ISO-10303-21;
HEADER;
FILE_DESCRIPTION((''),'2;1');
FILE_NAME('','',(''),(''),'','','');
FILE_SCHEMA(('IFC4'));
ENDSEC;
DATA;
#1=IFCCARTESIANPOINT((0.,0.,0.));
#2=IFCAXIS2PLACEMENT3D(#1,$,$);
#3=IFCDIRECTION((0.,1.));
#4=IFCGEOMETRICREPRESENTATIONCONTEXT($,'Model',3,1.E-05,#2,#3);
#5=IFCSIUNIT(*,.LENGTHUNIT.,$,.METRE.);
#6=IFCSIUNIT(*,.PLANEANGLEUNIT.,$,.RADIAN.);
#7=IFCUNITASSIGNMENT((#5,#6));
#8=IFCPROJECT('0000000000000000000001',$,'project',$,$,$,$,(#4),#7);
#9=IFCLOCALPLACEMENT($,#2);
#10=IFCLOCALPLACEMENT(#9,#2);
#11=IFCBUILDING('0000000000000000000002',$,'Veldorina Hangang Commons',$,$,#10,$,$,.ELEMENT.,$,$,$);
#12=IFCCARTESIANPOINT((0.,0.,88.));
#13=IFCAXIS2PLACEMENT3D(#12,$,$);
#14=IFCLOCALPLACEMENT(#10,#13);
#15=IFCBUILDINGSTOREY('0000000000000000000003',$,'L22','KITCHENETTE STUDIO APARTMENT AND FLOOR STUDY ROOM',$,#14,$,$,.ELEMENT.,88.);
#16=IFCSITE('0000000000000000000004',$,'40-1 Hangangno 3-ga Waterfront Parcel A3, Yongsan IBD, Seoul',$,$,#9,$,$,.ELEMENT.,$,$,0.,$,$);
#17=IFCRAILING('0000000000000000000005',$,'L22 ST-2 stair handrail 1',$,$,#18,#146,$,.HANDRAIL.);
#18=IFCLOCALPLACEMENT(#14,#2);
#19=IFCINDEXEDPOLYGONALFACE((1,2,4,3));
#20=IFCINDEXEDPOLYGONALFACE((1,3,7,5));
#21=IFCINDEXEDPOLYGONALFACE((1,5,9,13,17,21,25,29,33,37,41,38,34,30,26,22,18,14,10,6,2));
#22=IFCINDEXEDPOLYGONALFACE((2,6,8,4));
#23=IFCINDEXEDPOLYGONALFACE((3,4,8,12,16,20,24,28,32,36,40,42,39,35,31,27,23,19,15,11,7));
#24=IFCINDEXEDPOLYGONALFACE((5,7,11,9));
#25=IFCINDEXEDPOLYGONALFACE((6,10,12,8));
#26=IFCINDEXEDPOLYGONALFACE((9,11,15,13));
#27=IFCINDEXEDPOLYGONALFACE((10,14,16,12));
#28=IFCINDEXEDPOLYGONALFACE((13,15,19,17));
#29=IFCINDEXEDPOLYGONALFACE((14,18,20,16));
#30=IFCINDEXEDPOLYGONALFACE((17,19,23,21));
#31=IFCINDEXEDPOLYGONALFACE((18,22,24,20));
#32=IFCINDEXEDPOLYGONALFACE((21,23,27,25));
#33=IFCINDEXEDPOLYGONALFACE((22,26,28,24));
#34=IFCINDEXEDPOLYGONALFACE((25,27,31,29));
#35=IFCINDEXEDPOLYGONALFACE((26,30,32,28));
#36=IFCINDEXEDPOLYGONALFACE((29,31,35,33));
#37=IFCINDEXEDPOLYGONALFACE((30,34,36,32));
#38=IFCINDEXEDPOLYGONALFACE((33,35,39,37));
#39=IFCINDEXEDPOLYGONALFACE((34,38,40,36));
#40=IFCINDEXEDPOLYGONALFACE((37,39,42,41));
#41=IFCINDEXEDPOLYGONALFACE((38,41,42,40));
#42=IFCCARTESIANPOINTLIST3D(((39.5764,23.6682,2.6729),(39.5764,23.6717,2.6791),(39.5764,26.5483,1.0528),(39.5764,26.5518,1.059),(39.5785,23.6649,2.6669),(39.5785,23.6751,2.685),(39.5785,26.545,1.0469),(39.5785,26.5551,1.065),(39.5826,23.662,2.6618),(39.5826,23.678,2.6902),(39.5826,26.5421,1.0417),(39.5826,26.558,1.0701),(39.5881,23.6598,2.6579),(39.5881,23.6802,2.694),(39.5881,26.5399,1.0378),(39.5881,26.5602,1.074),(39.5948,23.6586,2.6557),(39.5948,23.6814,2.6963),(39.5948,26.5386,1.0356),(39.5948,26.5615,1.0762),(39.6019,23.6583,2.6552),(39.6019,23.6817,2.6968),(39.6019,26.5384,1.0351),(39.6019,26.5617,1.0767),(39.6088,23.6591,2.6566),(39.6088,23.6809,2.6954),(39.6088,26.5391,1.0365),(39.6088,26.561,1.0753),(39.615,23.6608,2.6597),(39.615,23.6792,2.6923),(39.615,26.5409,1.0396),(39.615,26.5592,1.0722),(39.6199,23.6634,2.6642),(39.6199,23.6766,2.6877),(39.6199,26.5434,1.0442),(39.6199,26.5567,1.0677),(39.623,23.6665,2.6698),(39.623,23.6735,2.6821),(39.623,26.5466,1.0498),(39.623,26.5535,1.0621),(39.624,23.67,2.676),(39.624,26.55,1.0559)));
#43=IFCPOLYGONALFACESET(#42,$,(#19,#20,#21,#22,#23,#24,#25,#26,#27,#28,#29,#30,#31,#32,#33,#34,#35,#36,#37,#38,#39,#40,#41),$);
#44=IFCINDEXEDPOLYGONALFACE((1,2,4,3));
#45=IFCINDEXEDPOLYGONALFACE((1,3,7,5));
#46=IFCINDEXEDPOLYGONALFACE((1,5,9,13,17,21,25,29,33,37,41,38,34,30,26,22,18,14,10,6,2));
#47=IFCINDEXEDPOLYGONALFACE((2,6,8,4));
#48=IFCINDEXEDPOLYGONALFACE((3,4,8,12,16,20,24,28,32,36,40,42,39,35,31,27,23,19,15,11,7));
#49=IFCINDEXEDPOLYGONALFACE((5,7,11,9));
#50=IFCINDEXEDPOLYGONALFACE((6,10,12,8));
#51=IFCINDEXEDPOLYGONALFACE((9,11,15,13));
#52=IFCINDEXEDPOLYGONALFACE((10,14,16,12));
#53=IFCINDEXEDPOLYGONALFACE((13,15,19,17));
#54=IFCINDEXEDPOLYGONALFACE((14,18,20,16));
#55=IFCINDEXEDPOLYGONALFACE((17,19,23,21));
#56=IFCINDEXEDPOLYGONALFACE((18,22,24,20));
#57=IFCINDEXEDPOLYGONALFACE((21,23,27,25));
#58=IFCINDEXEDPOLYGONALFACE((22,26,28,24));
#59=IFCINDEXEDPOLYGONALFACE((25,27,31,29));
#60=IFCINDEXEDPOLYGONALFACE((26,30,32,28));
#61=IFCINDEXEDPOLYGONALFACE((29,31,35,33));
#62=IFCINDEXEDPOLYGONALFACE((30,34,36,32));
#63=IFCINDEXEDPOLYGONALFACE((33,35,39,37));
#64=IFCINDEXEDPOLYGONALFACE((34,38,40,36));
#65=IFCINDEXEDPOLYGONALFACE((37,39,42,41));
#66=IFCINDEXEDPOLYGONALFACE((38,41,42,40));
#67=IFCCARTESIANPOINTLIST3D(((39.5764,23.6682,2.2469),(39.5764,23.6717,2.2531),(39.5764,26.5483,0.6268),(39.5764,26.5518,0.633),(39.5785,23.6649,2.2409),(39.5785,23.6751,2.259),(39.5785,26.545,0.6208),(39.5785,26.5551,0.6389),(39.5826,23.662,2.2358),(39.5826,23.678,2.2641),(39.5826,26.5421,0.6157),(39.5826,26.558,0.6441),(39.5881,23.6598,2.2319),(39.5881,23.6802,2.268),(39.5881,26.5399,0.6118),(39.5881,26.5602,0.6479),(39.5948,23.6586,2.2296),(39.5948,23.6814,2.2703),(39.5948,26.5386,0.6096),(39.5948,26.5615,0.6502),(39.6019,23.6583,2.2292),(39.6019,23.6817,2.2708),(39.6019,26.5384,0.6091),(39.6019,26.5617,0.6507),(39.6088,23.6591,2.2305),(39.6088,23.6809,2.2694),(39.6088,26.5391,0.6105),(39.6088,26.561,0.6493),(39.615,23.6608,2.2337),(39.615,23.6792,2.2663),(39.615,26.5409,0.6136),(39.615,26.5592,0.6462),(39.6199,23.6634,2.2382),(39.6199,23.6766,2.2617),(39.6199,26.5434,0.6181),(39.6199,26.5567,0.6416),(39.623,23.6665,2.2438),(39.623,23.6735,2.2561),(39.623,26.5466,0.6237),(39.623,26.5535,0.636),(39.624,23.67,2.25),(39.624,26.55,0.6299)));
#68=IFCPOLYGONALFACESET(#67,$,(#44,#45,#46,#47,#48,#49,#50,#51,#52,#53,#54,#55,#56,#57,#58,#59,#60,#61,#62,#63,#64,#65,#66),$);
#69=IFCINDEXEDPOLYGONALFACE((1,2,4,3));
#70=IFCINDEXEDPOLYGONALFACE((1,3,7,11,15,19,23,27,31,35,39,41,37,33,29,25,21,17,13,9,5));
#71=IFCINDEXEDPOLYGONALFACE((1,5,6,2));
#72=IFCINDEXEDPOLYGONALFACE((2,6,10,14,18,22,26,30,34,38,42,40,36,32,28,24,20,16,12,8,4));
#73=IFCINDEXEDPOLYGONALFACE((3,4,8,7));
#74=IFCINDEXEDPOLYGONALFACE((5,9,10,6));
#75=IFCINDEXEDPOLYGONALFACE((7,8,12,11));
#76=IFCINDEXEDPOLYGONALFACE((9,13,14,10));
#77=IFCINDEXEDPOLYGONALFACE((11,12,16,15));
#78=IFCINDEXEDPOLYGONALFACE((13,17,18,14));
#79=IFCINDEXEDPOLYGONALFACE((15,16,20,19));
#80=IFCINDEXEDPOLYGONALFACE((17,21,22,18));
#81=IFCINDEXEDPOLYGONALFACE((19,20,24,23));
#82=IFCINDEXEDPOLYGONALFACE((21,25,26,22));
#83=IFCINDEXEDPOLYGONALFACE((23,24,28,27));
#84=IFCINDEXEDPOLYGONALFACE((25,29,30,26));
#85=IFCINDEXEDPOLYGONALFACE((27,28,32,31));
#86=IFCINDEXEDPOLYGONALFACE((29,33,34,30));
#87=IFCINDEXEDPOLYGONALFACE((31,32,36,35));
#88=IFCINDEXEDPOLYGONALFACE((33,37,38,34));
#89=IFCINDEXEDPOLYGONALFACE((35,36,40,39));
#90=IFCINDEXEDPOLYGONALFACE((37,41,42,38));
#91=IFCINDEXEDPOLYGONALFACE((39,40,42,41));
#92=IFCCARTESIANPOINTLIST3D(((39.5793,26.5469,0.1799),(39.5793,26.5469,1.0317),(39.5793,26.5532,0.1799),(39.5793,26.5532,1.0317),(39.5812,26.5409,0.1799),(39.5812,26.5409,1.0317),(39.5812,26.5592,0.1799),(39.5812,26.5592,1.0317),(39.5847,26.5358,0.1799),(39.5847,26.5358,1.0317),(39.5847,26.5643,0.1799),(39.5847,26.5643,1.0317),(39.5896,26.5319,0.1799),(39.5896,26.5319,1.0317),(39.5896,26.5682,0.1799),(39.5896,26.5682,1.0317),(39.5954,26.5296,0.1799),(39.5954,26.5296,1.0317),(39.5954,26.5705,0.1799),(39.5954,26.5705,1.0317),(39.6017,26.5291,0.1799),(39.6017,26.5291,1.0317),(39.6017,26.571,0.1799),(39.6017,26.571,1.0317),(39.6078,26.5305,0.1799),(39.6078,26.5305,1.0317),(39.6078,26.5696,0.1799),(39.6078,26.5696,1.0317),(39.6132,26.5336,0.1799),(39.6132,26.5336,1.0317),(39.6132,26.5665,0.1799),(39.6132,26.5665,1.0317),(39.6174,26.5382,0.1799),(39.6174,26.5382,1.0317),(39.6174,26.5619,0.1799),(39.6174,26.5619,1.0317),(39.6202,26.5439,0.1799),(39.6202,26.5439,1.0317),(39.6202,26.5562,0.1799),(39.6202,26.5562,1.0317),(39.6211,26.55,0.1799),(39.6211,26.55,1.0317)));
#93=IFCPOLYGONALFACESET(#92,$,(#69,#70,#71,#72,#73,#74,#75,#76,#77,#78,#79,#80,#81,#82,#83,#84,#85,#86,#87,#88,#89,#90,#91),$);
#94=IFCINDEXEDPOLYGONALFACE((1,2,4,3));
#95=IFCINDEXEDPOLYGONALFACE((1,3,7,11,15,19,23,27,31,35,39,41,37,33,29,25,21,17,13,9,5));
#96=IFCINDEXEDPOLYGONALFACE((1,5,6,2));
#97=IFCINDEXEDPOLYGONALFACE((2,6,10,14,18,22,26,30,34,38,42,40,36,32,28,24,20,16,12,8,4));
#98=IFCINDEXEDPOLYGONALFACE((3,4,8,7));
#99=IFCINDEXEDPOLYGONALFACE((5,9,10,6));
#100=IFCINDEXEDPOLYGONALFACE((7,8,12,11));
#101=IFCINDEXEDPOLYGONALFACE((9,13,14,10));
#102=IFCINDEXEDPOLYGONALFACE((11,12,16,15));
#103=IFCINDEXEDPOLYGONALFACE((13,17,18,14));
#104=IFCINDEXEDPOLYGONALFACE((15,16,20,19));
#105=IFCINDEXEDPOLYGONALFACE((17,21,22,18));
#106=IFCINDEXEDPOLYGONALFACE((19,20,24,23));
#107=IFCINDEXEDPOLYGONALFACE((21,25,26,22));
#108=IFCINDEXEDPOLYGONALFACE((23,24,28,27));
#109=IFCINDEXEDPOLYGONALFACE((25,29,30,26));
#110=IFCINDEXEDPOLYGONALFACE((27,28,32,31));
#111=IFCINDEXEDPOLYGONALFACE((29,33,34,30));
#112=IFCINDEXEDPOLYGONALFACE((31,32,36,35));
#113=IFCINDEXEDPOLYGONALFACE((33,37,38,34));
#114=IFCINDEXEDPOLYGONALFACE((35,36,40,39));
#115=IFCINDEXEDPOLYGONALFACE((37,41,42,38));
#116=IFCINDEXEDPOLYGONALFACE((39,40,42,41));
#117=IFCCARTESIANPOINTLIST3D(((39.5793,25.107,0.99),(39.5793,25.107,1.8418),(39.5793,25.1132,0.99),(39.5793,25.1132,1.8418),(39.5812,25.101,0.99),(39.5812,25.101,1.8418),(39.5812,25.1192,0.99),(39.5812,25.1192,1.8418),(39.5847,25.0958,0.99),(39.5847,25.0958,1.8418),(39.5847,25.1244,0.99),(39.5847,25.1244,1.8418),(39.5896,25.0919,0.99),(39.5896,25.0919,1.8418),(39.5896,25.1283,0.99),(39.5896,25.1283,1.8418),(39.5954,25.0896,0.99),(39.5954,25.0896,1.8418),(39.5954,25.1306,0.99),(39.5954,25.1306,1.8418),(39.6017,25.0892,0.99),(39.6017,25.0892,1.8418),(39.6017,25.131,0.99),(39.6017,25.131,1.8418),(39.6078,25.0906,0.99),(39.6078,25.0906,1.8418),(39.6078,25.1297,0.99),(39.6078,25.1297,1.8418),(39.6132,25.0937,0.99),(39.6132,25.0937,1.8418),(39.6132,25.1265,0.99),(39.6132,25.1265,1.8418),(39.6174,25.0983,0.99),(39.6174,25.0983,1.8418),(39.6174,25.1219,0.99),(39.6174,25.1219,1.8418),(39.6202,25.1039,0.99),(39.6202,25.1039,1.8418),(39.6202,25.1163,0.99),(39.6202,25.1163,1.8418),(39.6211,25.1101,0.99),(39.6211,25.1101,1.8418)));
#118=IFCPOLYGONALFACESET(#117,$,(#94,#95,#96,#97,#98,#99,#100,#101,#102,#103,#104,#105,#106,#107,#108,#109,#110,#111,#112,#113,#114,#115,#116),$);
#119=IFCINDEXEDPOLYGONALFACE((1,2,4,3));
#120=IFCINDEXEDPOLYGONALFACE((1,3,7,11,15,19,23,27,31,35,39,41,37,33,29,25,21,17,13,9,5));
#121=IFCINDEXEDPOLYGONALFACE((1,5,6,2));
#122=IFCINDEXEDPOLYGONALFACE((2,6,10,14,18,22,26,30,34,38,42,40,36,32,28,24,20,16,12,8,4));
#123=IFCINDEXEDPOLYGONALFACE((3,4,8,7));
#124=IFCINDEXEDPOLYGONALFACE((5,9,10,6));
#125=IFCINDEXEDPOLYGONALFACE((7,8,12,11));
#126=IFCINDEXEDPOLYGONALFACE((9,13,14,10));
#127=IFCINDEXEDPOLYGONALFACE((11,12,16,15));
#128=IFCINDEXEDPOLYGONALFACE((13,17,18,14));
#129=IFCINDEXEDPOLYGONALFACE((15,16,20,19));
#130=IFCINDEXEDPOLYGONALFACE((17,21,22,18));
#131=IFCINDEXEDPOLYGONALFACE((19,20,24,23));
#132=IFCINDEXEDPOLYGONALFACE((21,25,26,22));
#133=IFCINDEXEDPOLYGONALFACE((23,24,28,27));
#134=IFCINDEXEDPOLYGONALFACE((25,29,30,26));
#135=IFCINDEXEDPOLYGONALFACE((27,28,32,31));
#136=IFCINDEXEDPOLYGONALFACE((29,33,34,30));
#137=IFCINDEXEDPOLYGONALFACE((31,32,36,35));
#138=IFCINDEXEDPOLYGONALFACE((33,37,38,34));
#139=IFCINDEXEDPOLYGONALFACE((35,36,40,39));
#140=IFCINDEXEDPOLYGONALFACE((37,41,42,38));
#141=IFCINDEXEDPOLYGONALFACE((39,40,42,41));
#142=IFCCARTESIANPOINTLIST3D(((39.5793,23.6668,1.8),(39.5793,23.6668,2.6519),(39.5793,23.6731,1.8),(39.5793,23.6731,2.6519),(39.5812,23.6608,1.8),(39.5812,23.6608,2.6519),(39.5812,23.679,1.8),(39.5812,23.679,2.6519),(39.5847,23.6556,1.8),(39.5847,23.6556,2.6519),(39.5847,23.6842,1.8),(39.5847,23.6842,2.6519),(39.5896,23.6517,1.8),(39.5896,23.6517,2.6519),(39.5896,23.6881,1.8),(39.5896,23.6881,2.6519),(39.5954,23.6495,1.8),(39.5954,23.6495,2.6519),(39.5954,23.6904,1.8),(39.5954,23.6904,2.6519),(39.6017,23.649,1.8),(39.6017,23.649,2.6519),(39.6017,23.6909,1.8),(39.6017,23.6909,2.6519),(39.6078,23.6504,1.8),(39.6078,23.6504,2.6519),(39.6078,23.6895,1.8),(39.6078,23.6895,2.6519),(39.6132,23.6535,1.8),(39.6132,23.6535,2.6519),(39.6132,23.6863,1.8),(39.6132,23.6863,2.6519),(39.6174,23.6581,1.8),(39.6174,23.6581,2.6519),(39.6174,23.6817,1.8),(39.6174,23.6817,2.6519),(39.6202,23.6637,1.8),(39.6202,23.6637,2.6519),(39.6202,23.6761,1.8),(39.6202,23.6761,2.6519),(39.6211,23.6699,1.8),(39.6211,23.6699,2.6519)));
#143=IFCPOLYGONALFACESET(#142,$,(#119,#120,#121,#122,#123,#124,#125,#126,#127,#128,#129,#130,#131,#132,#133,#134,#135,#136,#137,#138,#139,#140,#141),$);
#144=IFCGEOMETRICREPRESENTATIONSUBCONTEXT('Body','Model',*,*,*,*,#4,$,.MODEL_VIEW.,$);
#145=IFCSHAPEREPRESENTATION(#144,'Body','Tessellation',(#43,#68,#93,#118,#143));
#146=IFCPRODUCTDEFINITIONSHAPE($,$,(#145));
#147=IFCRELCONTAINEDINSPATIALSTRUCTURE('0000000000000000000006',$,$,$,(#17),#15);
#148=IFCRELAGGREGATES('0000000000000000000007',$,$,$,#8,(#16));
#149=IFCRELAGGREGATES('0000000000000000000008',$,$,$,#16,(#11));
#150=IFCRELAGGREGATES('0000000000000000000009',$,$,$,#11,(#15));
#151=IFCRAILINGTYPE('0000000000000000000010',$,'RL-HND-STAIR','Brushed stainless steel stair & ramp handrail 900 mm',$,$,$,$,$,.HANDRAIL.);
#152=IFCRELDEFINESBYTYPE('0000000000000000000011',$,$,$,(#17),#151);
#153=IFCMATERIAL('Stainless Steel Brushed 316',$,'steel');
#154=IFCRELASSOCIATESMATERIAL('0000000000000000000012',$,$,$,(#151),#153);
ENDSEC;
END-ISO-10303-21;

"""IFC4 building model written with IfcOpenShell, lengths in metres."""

from ifc_helpers import new_model, si_unit, direction, frame, origin, origin_2d, place, context, subcontext, project, spatial, circle, extrude, material, type_object, element, save


model = new_model("IFC4")

# Units and contexts
model_context = context("Model", 3, precision=1e-05, world=origin(), true_north=direction((0.0, 1.0)))
body_context = subcontext(model_context, "Body", "Model", "MODEL_VIEW")
ifc_project = project(units=[si_unit("LENGTHUNIT", "METRE"), si_unit("PLANEANGLEUNIT", "RADIAN")], contexts=[model_context])

# Site, building, storey
site_placement = place(None, origin())
site = spatial("IfcSite", under=ifc_project, at=site_placement, Name="40-1 Hangangno 3-ga Waterfront Parcel A3, Yongsan IBD, Seoul", CompositionType="ELEMENT", RefElevation=0.0)
building_placement = place(site_placement, origin())
building = spatial("IfcBuilding", under=site, at=building_placement, Name="Veldorina Hangang Commons", CompositionType="ELEMENT")
storey_placement = place(building_placement, frame((0.0, 0.0, 88.0)))
storey = spatial("IfcBuildingStorey", under=building, at=storey_placement, Name="L22", Description="KITCHENETTE STUDIO APARTMENT AND FLOOR STUDY ROOM", CompositionType="ELEMENT", Elevation=88.0)

# Railing
ifc_material_1 = material(Name="Stainless Steel Brushed 316", Category="steel")
railing_type_1 = type_object("IfcRailingType", Name="RL-HND-STAIR", Description="Brushed stainless steel stair & ramp handrail 900 mm", PredefinedType="HANDRAIL", material=ifc_material_1)
railing_1_placement = place(storey_placement, frame((39.6001, 26.55, 0.1799)))
element("IfcRailing", 1, at=railing_1_placement, inside=storey, type_object=railing_type_1, Name="L22 ST-2 stair handrail 1", PredefinedType="HANDRAIL", context=body_context, shape_type="SweptSolid", body=[
    extrude(circle(Radius=0.0239, at=origin_2d()), frame((0.0, 0.0, 0.876), z_axis=(0.0, -0.87157, 0.490272), x_axis=(1.0, 0.0, 0.0)), (0.0, 0.0, 1.0), 3.3044),
    extrude(circle(Radius=0.0239, at=origin_2d()), frame((0.0, 0.0, 0.45), z_axis=(0.0, -0.87157, 0.490272), x_axis=(1.0, 0.0, 0.0)), (0.0, 0.0, 1.0), 3.3044),
    extrude(circle(Radius=0.021, at=origin_2d()), origin(), (0.0, 0.0, 1.0), 0.8518),
    extrude(circle(Radius=0.021, at=origin_2d()), frame((0.0, -1.4399, 0.8101)), (0.0, 0.0, 1.0), 0.8518),
    extrude(circle(Radius=0.021, at=origin_2d()), frame((0.0, -2.8801, 1.6201)), (0.0, 0.0, 1.0), 0.8518),
])

save(model, "model.ifc")
